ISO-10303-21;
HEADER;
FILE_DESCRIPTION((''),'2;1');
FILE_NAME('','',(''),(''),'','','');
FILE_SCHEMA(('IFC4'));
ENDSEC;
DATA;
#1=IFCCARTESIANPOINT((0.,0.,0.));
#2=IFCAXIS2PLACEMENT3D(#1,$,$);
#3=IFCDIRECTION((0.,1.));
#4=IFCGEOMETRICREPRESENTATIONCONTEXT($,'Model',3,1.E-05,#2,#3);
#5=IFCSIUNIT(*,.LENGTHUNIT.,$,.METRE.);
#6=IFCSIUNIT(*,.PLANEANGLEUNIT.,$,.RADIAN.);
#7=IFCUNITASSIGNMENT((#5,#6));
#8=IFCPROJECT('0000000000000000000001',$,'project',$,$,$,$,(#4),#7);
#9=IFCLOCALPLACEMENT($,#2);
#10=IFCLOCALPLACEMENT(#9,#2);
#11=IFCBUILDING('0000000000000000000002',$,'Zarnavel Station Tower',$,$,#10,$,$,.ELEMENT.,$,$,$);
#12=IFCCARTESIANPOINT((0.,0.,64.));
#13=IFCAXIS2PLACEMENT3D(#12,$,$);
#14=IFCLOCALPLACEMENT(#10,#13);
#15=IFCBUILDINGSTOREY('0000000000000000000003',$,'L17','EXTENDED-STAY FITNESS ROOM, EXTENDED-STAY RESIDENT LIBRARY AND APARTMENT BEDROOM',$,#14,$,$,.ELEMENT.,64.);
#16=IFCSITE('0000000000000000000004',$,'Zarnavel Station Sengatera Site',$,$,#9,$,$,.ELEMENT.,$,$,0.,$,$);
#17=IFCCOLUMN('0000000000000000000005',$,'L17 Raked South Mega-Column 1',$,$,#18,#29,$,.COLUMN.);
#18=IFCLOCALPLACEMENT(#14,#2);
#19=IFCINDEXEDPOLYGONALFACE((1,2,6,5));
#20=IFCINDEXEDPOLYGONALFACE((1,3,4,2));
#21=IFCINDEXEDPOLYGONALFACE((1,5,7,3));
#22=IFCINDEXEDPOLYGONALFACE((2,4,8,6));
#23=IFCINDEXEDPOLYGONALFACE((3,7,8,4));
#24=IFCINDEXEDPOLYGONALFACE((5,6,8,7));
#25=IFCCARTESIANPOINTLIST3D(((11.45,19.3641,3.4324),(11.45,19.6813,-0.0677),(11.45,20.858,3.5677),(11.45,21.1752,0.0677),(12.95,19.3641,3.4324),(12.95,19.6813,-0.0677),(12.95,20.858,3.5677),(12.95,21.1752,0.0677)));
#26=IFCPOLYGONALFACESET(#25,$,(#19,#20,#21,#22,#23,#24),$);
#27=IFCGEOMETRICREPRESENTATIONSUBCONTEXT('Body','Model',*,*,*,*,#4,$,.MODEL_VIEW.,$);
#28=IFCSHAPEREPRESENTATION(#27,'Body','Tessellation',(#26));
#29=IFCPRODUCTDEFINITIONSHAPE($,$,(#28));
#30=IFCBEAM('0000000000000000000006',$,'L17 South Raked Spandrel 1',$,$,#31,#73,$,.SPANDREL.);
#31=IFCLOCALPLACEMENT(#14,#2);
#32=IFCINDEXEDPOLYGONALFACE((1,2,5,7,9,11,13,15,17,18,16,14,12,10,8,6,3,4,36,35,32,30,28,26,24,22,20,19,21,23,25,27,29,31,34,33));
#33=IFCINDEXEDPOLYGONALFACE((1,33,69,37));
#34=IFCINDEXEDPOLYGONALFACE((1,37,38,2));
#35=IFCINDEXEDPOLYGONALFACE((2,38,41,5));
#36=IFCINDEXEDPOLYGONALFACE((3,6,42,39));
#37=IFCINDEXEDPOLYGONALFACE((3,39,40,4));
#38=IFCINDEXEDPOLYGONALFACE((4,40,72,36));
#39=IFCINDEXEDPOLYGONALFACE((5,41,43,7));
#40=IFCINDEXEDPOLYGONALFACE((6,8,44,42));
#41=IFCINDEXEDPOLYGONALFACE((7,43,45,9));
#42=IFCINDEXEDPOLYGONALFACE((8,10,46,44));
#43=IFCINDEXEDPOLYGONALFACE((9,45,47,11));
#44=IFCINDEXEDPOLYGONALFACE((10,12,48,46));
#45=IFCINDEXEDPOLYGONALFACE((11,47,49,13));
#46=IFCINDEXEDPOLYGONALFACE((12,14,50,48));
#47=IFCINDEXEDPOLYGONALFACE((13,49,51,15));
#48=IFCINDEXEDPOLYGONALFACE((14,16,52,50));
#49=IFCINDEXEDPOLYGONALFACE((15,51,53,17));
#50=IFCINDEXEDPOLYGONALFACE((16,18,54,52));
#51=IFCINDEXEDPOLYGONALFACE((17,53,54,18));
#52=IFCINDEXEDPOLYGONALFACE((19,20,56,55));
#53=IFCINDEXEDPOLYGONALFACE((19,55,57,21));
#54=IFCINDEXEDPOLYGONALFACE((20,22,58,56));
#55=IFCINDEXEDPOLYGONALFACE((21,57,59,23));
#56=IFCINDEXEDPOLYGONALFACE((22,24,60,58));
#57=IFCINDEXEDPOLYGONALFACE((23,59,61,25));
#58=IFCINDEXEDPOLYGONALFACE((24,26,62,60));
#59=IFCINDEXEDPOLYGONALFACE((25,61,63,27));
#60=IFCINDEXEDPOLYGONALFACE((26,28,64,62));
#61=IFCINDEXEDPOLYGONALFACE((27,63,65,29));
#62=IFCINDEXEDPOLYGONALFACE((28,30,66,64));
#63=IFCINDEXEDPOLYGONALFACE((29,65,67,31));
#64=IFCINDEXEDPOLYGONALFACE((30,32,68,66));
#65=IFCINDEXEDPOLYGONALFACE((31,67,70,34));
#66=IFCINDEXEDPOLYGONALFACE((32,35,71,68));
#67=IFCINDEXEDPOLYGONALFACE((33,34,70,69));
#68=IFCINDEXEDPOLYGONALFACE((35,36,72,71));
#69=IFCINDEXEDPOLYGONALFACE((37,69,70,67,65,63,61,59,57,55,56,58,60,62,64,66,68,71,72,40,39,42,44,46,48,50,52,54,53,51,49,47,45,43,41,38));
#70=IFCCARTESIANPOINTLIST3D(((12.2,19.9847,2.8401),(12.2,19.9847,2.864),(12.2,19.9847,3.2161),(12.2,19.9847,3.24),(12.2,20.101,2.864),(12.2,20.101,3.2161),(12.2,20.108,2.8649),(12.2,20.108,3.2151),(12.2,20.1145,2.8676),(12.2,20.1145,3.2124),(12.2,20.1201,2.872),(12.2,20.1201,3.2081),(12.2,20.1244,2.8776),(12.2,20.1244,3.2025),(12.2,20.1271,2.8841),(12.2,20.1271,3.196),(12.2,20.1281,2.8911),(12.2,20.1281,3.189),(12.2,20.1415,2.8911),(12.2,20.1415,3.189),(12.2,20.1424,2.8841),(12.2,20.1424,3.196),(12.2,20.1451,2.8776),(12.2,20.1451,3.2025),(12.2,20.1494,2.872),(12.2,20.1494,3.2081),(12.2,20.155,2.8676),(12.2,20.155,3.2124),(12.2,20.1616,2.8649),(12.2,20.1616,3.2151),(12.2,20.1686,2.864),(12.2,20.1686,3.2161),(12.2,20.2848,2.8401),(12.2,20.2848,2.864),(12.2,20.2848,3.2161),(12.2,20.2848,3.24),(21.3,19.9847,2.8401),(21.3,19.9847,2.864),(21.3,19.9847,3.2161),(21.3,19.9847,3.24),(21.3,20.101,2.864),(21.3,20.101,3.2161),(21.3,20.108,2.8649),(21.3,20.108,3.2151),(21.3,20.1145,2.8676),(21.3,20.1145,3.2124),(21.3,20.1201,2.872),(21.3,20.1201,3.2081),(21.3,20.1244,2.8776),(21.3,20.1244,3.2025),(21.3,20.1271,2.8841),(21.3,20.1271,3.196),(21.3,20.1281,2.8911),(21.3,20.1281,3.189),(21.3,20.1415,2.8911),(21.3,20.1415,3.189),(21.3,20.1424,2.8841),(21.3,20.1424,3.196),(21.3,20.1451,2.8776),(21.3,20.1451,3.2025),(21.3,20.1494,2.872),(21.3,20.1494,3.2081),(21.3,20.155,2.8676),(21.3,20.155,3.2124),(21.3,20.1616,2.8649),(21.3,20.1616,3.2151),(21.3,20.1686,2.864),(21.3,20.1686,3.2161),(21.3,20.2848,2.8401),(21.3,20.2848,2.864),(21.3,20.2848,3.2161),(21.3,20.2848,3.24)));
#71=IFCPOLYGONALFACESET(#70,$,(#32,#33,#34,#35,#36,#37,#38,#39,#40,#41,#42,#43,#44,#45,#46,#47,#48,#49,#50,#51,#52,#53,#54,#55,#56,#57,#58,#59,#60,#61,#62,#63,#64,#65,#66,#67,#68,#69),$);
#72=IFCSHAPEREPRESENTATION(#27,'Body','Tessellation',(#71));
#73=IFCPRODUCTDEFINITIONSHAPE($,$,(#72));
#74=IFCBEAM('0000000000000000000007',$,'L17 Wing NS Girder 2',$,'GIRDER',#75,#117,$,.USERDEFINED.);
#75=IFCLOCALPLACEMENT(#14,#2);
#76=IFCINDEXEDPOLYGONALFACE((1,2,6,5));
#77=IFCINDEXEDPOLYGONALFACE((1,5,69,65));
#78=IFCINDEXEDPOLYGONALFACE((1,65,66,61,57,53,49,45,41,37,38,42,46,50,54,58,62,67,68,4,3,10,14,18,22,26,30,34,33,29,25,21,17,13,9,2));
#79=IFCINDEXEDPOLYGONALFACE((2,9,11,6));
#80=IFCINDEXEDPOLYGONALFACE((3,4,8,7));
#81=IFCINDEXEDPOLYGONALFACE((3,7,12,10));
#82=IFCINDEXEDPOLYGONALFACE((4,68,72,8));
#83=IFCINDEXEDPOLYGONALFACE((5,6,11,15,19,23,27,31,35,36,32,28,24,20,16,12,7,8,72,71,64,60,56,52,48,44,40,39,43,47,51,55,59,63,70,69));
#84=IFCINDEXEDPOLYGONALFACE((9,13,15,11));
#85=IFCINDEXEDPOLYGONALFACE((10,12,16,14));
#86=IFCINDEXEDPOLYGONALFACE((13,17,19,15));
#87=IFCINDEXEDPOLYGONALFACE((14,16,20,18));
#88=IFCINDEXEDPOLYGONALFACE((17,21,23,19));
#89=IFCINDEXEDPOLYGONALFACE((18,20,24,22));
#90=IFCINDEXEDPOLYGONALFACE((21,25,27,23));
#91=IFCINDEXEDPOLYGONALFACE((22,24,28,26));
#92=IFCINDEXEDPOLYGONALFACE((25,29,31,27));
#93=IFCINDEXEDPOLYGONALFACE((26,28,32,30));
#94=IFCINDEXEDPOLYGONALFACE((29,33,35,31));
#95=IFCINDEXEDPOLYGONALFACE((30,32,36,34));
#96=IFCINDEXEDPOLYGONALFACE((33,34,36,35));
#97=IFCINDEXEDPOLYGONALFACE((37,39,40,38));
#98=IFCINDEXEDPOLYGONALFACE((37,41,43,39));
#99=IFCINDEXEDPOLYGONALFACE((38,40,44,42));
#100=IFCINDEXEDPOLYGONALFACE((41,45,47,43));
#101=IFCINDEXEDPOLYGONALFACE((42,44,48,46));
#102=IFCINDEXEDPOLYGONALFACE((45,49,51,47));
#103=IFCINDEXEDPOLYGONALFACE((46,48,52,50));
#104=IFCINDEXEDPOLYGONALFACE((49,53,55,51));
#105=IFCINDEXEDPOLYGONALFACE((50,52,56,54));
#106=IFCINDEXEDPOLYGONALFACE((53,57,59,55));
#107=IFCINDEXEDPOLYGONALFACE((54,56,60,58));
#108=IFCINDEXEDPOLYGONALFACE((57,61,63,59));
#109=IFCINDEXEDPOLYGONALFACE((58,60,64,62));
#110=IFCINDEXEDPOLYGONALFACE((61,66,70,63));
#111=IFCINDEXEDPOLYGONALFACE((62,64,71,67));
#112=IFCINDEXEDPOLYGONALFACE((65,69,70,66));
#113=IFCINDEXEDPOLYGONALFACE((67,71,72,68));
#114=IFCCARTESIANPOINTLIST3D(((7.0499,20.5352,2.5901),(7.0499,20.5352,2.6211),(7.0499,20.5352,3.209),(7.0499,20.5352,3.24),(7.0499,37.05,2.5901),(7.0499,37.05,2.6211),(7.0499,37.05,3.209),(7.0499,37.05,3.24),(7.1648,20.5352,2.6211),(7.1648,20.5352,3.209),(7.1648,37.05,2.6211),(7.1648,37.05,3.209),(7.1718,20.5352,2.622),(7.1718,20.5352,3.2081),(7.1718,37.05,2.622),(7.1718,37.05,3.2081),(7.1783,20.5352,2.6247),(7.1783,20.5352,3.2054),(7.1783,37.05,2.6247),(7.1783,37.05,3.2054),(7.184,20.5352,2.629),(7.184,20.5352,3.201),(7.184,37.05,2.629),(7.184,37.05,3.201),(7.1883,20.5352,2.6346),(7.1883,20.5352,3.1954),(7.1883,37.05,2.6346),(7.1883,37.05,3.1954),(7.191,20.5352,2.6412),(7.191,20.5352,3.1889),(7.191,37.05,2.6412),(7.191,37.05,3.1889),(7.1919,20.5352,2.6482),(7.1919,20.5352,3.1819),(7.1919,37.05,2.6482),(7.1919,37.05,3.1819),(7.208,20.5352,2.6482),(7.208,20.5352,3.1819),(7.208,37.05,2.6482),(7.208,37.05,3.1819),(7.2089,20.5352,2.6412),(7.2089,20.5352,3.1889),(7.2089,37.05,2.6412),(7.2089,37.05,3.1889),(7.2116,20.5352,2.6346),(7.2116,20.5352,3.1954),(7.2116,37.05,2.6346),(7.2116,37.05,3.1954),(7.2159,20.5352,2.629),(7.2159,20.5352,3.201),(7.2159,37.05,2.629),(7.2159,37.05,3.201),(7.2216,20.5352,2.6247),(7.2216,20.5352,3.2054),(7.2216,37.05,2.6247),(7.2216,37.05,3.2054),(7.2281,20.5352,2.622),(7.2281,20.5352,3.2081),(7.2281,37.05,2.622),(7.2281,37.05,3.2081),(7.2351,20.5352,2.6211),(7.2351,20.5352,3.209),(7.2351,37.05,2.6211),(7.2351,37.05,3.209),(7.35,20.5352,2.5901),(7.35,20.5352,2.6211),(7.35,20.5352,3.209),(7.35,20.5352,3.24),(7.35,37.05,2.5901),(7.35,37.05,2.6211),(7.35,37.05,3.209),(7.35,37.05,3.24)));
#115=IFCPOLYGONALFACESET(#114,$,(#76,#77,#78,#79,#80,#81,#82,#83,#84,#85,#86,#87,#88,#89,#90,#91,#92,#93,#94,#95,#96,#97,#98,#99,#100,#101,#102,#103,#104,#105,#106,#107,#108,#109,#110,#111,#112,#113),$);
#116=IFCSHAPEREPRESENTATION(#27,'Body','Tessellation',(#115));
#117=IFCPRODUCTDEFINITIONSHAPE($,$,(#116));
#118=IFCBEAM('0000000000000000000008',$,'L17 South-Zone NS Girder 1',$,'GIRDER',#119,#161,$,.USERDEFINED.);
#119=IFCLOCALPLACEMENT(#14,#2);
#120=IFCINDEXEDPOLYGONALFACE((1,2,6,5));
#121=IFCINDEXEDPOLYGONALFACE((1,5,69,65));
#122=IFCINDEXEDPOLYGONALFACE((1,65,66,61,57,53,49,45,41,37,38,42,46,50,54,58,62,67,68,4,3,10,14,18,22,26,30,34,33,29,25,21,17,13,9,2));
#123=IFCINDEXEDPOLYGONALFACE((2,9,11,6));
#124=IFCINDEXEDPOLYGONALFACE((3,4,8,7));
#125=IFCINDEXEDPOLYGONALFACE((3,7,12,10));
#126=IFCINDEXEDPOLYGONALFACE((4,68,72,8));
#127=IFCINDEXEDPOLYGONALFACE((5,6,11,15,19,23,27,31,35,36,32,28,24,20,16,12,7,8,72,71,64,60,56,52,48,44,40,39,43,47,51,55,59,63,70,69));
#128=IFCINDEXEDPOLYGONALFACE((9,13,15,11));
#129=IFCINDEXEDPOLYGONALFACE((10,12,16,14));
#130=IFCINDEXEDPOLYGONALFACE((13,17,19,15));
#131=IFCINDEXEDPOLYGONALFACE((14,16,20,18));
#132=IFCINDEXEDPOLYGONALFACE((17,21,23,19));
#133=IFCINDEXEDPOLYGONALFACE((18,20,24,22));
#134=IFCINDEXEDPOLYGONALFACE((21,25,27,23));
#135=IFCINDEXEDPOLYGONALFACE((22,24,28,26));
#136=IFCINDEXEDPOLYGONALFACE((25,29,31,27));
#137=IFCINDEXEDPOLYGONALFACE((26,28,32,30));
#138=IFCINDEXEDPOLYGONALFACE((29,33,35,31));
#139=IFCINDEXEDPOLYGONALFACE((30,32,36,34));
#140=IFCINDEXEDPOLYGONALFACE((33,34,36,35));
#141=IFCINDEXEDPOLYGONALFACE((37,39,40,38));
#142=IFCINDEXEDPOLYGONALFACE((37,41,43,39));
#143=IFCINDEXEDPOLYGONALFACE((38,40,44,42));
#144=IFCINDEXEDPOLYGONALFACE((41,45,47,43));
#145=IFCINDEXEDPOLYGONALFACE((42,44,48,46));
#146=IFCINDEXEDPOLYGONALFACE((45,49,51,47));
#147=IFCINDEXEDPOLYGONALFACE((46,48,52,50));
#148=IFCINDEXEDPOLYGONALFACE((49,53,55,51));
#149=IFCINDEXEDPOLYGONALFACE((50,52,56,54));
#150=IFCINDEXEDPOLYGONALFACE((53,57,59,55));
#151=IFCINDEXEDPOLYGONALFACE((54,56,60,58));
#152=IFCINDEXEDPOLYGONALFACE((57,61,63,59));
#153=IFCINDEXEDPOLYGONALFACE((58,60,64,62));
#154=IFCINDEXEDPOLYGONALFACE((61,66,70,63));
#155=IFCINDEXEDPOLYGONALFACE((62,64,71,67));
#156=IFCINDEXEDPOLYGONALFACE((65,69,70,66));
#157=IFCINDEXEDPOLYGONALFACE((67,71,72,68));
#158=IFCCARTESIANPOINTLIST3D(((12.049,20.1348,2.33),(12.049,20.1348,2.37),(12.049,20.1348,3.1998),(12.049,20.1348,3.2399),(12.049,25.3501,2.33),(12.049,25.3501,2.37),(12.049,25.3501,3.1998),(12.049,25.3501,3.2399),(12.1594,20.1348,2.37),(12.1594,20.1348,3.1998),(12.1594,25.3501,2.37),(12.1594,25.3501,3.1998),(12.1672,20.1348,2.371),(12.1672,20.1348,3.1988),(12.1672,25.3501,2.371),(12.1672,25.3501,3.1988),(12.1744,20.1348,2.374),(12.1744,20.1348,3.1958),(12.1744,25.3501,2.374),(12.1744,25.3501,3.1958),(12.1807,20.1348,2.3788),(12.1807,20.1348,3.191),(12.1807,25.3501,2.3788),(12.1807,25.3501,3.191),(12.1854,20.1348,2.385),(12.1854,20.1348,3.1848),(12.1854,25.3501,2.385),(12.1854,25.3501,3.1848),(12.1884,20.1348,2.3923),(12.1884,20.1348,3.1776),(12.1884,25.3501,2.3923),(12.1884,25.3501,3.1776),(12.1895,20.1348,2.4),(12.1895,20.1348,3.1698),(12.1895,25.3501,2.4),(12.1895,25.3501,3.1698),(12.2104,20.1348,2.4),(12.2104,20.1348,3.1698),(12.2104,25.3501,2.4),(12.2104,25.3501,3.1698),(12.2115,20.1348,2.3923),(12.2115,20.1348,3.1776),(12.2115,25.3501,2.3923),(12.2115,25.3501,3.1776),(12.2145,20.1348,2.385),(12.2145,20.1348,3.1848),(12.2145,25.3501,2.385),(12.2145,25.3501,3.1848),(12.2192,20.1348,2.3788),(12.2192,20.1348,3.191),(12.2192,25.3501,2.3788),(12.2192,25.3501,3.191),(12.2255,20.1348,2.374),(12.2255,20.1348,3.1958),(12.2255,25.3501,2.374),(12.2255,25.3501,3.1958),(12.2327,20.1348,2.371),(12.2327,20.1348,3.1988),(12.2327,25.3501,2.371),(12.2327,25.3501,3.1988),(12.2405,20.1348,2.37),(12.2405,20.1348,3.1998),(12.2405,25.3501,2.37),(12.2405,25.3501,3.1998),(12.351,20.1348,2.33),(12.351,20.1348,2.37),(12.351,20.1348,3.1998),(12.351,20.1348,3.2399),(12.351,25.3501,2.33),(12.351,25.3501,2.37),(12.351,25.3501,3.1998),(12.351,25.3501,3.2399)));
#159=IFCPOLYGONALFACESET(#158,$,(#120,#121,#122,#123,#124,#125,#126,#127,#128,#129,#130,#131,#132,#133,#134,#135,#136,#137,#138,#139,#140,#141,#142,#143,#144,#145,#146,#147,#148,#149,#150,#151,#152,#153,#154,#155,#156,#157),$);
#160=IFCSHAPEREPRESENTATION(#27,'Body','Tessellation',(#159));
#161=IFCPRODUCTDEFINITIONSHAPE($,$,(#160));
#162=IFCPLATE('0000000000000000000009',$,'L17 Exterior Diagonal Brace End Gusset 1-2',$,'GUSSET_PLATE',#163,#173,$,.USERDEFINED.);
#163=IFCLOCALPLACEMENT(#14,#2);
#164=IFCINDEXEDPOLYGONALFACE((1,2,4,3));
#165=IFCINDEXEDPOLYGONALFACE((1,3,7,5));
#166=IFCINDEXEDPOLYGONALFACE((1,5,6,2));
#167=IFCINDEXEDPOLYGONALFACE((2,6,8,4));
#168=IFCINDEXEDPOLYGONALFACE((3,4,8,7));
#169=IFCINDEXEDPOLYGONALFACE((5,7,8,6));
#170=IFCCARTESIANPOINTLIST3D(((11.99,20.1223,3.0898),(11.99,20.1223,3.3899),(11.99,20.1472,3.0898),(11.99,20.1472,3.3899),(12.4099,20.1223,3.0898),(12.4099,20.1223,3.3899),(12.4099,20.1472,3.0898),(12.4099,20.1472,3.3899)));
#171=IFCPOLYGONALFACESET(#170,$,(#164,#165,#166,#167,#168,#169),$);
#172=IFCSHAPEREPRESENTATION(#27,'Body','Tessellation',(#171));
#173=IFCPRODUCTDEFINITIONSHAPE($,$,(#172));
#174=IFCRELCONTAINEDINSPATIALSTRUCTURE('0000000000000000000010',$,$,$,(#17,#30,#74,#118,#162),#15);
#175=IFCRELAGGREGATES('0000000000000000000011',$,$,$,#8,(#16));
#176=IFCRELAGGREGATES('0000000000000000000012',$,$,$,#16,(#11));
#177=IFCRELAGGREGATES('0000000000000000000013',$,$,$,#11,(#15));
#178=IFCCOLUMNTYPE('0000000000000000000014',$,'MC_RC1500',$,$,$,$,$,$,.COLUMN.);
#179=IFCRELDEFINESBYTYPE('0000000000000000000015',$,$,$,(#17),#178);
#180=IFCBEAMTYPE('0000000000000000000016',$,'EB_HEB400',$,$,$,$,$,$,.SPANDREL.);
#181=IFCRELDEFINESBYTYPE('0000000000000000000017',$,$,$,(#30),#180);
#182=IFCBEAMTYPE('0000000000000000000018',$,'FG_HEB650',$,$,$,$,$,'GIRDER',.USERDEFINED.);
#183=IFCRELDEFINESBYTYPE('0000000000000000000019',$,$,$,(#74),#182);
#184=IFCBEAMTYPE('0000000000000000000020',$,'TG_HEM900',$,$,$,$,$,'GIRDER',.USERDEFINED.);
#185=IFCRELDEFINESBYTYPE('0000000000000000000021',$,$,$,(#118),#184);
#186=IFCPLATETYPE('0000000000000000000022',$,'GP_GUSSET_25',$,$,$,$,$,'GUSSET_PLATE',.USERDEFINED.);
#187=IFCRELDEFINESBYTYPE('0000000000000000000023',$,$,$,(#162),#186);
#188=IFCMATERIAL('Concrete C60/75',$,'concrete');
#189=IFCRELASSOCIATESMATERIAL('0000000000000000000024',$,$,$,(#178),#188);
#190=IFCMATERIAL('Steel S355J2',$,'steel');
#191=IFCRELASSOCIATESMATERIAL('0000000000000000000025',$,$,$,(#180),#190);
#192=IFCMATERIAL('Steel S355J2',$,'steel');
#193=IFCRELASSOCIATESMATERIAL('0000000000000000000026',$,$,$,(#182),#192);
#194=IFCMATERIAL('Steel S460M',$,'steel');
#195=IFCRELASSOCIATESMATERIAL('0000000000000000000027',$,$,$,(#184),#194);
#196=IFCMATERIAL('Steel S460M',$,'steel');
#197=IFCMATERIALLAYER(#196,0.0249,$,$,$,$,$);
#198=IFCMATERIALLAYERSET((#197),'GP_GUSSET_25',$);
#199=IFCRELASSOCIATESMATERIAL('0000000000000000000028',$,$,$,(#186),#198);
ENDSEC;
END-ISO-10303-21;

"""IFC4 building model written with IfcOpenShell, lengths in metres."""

from ifc_helpers import new_model, si_unit, direction, frame, origin, origin_2d, place, context, subcontext, project, spatial, rectangle, i_section, extrude, material, layer, layer_set, material_profile, profile_set, type_object, element, save


model = new_model("IFC4")

# Units and contexts
model_context = context("Model", 3, precision=1e-05, world=origin(), true_north=direction((0.0, 1.0)))
body_context = subcontext(model_context, "Body", "Model", "MODEL_VIEW")
ifc_project = project(units=[si_unit("LENGTHUNIT", "METRE"), si_unit("PLANEANGLEUNIT", "RADIAN")], contexts=[model_context])

# Site, building, storey
site_placement = place(None, origin())
site = spatial("IfcSite", under=ifc_project, at=site_placement, Name="Zarnavel Station Sengatera Site", CompositionType="ELEMENT", RefElevation=0.0)
building_placement = place(site_placement, origin())
building = spatial("IfcBuilding", under=site, at=building_placement, Name="Zarnavel Station Tower", CompositionType="ELEMENT")
storey_placement = place(building_placement, frame((0.0, 0.0, 64.0)))
storey = spatial("IfcBuildingStorey", under=building, at=storey_placement, Name="L17", Description="EXTENDED-STAY FITNESS ROOM, EXTENDED-STAY RESIDENT LIBRARY AND APARTMENT BEDROOM", CompositionType="ELEMENT", Elevation=64.0)

# Column
ifc_material_1 = material(Name="Concrete C60/75", Category="concrete")
ifc_material_profile_1 = material_profile(ifc_material_1, rectangle(XDim=1.5, YDim=1.5, at=origin_2d()), Name="RC1500x1500")
ifc_profile_set_1 = profile_set([ifc_material_profile_1], Name="Concrete C60/75")
column_type = type_object("IfcColumnType", Name="MC_RC1500", PredefinedType="COLUMN", material=ifc_profile_set_1)
column_placement = place(storey_placement, frame((12.2, 20.4282, 0.0), z_axis=(0.0, -0.090241, 0.99592), x_axis=(1.0, 0.0, 0.0)))
element("IfcColumn", 1, at=column_placement, inside=storey, type_object=column_type, Name="L17 Raked South Mega-Column 1", PredefinedType="COLUMN", context=body_context, shape_type="SweptSolid", body=[
    extrude(rectangle(XDim=1.5, YDim=1.5, at=origin_2d()), origin(), (0.0, 0.0, 1.0), 3.5144),
])

# Beams
ifc_material_2 = material(Name="Steel S355J2", Category="steel")
ifc_material_profile_2 = material_profile(ifc_material_2, i_section(OverallWidth=0.3, OverallDepth=0.3999, WebThickness=0.0134, FlangeThickness=0.0239, FilletRadius=0.0271, at=origin_2d()), Name="HEB400")
ifc_profile_set_2 = profile_set([ifc_material_profile_2], Name="Steel S355J2")
beam_type_1 = type_object("IfcBeamType", Name="EB_HEB400", PredefinedType="SPANDREL", material=ifc_profile_set_2)
beam_1_placement = place(storey_placement, frame((12.2, 20.1348, 3.04), z_axis=(1.0, 0.0, 0.0), x_axis=(0.0, 1.0, 0.0)))
element("IfcBeam", 2, at=beam_1_placement, inside=storey, type_object=beam_type_1, Name="L17 South Raked Spandrel 1", PredefinedType="SPANDREL", context=body_context, shape_type="SweptSolid", body=[
    extrude(i_section(OverallWidth=0.3, OverallDepth=0.3999, WebThickness=0.0134, FlangeThickness=0.0239, FilletRadius=0.0271, at=origin_2d()), origin(), (0.0, 0.0, 1.0), 9.1001),
])
ifc_material_3 = material(Name="Steel S355J2", Category="steel")
ifc_material_profile_3 = material_profile(ifc_material_3, i_section(OverallWidth=0.3, OverallDepth=0.6499, WebThickness=0.0161, FlangeThickness=0.031, FilletRadius=0.0271, at=origin_2d()), Name="HEB650")
ifc_profile_set_3 = profile_set([ifc_material_profile_3], Name="Steel S355J2")
beam_type_2 = type_object("IfcBeamType", Name="FG_HEB650", ElementType="GIRDER", PredefinedType="USERDEFINED", material=ifc_profile_set_3)
beam_2_placement = place(storey_placement, frame((7.2, 20.5352, 2.915), z_axis=(0.0, 1.0, 0.0), x_axis=(-1.0, 0.0, 0.0)))
element("IfcBeam", 3, at=beam_2_placement, inside=storey, type_object=beam_type_2, Name="L17 Wing NS Girder 2", ObjectType="GIRDER", PredefinedType="USERDEFINED", context=body_context, shape_type="SweptSolid", body=[
    extrude(i_section(OverallWidth=0.3, OverallDepth=0.6499, WebThickness=0.0161, FlangeThickness=0.031, FilletRadius=0.0271, at=origin_2d()), origin(), (0.0, 0.0, 1.0), 16.5149),
])
ifc_material_4 = material(Name="Steel S460M", Category="steel")
ifc_material_profile_4 = material_profile(ifc_material_4, i_section(OverallWidth=0.302, OverallDepth=0.9099, WebThickness=0.021, FlangeThickness=0.04, FilletRadius=0.03, at=origin_2d()), Name="HEM900")
ifc_profile_set_4 = profile_set([ifc_material_profile_4], Name="Steel S460M")
beam_type_3 = type_object("IfcBeamType", Name="TG_HEM900", ElementType="GIRDER", PredefinedType="USERDEFINED", material=ifc_profile_set_4)
beam_3_placement = place(storey_placement, frame((12.2, 20.1348, 2.7849), z_axis=(0.0, 1.0, 0.0), x_axis=(-1.0, 0.0, 0.0)))
element("IfcBeam", 4, at=beam_3_placement, inside=storey, type_object=beam_type_3, Name="L17 South-Zone NS Girder 1", ObjectType="GIRDER", PredefinedType="USERDEFINED", context=body_context, shape_type="SweptSolid", body=[
    extrude(i_section(OverallWidth=0.302, OverallDepth=0.9099, WebThickness=0.021, FlangeThickness=0.04, FilletRadius=0.03, at=origin_2d()), origin(), (0.0, 0.0, 1.0), 5.2153),
])

# Plate
ifc_material_5 = material(Name="Steel S460M", Category="steel")
ifc_layer_1 = layer(ifc_material_5, 0.0249)
ifc_layer_set_1 = layer_set([ifc_layer_1], Name="GP_GUSSET_25")
plate_type = type_object("IfcPlateType", Name="GP_GUSSET_25", ElementType="GUSSET_PLATE", PredefinedType="USERDEFINED", material=ifc_layer_set_1)
plate_placement = place(storey_placement, frame((12.2, 20.1348, 3.0898), z_axis=(0.0, 0.0, 1.0), x_axis=(1.0, 0.0, 0.0)))
element("IfcPlate", 5, at=plate_placement, inside=storey, type_object=plate_type, Name="L17 Exterior Diagonal Brace End Gusset 1-2", ObjectType="GUSSET_PLATE", PredefinedType="USERDEFINED", context=body_context, shape_type="SweptSolid", body=[
    extrude(rectangle(XDim=0.4199, YDim=0.0249, at=origin_2d()), origin(), (0.0, 0.0, 1.0), 0.3),
])

save(model, "model.ifc")
